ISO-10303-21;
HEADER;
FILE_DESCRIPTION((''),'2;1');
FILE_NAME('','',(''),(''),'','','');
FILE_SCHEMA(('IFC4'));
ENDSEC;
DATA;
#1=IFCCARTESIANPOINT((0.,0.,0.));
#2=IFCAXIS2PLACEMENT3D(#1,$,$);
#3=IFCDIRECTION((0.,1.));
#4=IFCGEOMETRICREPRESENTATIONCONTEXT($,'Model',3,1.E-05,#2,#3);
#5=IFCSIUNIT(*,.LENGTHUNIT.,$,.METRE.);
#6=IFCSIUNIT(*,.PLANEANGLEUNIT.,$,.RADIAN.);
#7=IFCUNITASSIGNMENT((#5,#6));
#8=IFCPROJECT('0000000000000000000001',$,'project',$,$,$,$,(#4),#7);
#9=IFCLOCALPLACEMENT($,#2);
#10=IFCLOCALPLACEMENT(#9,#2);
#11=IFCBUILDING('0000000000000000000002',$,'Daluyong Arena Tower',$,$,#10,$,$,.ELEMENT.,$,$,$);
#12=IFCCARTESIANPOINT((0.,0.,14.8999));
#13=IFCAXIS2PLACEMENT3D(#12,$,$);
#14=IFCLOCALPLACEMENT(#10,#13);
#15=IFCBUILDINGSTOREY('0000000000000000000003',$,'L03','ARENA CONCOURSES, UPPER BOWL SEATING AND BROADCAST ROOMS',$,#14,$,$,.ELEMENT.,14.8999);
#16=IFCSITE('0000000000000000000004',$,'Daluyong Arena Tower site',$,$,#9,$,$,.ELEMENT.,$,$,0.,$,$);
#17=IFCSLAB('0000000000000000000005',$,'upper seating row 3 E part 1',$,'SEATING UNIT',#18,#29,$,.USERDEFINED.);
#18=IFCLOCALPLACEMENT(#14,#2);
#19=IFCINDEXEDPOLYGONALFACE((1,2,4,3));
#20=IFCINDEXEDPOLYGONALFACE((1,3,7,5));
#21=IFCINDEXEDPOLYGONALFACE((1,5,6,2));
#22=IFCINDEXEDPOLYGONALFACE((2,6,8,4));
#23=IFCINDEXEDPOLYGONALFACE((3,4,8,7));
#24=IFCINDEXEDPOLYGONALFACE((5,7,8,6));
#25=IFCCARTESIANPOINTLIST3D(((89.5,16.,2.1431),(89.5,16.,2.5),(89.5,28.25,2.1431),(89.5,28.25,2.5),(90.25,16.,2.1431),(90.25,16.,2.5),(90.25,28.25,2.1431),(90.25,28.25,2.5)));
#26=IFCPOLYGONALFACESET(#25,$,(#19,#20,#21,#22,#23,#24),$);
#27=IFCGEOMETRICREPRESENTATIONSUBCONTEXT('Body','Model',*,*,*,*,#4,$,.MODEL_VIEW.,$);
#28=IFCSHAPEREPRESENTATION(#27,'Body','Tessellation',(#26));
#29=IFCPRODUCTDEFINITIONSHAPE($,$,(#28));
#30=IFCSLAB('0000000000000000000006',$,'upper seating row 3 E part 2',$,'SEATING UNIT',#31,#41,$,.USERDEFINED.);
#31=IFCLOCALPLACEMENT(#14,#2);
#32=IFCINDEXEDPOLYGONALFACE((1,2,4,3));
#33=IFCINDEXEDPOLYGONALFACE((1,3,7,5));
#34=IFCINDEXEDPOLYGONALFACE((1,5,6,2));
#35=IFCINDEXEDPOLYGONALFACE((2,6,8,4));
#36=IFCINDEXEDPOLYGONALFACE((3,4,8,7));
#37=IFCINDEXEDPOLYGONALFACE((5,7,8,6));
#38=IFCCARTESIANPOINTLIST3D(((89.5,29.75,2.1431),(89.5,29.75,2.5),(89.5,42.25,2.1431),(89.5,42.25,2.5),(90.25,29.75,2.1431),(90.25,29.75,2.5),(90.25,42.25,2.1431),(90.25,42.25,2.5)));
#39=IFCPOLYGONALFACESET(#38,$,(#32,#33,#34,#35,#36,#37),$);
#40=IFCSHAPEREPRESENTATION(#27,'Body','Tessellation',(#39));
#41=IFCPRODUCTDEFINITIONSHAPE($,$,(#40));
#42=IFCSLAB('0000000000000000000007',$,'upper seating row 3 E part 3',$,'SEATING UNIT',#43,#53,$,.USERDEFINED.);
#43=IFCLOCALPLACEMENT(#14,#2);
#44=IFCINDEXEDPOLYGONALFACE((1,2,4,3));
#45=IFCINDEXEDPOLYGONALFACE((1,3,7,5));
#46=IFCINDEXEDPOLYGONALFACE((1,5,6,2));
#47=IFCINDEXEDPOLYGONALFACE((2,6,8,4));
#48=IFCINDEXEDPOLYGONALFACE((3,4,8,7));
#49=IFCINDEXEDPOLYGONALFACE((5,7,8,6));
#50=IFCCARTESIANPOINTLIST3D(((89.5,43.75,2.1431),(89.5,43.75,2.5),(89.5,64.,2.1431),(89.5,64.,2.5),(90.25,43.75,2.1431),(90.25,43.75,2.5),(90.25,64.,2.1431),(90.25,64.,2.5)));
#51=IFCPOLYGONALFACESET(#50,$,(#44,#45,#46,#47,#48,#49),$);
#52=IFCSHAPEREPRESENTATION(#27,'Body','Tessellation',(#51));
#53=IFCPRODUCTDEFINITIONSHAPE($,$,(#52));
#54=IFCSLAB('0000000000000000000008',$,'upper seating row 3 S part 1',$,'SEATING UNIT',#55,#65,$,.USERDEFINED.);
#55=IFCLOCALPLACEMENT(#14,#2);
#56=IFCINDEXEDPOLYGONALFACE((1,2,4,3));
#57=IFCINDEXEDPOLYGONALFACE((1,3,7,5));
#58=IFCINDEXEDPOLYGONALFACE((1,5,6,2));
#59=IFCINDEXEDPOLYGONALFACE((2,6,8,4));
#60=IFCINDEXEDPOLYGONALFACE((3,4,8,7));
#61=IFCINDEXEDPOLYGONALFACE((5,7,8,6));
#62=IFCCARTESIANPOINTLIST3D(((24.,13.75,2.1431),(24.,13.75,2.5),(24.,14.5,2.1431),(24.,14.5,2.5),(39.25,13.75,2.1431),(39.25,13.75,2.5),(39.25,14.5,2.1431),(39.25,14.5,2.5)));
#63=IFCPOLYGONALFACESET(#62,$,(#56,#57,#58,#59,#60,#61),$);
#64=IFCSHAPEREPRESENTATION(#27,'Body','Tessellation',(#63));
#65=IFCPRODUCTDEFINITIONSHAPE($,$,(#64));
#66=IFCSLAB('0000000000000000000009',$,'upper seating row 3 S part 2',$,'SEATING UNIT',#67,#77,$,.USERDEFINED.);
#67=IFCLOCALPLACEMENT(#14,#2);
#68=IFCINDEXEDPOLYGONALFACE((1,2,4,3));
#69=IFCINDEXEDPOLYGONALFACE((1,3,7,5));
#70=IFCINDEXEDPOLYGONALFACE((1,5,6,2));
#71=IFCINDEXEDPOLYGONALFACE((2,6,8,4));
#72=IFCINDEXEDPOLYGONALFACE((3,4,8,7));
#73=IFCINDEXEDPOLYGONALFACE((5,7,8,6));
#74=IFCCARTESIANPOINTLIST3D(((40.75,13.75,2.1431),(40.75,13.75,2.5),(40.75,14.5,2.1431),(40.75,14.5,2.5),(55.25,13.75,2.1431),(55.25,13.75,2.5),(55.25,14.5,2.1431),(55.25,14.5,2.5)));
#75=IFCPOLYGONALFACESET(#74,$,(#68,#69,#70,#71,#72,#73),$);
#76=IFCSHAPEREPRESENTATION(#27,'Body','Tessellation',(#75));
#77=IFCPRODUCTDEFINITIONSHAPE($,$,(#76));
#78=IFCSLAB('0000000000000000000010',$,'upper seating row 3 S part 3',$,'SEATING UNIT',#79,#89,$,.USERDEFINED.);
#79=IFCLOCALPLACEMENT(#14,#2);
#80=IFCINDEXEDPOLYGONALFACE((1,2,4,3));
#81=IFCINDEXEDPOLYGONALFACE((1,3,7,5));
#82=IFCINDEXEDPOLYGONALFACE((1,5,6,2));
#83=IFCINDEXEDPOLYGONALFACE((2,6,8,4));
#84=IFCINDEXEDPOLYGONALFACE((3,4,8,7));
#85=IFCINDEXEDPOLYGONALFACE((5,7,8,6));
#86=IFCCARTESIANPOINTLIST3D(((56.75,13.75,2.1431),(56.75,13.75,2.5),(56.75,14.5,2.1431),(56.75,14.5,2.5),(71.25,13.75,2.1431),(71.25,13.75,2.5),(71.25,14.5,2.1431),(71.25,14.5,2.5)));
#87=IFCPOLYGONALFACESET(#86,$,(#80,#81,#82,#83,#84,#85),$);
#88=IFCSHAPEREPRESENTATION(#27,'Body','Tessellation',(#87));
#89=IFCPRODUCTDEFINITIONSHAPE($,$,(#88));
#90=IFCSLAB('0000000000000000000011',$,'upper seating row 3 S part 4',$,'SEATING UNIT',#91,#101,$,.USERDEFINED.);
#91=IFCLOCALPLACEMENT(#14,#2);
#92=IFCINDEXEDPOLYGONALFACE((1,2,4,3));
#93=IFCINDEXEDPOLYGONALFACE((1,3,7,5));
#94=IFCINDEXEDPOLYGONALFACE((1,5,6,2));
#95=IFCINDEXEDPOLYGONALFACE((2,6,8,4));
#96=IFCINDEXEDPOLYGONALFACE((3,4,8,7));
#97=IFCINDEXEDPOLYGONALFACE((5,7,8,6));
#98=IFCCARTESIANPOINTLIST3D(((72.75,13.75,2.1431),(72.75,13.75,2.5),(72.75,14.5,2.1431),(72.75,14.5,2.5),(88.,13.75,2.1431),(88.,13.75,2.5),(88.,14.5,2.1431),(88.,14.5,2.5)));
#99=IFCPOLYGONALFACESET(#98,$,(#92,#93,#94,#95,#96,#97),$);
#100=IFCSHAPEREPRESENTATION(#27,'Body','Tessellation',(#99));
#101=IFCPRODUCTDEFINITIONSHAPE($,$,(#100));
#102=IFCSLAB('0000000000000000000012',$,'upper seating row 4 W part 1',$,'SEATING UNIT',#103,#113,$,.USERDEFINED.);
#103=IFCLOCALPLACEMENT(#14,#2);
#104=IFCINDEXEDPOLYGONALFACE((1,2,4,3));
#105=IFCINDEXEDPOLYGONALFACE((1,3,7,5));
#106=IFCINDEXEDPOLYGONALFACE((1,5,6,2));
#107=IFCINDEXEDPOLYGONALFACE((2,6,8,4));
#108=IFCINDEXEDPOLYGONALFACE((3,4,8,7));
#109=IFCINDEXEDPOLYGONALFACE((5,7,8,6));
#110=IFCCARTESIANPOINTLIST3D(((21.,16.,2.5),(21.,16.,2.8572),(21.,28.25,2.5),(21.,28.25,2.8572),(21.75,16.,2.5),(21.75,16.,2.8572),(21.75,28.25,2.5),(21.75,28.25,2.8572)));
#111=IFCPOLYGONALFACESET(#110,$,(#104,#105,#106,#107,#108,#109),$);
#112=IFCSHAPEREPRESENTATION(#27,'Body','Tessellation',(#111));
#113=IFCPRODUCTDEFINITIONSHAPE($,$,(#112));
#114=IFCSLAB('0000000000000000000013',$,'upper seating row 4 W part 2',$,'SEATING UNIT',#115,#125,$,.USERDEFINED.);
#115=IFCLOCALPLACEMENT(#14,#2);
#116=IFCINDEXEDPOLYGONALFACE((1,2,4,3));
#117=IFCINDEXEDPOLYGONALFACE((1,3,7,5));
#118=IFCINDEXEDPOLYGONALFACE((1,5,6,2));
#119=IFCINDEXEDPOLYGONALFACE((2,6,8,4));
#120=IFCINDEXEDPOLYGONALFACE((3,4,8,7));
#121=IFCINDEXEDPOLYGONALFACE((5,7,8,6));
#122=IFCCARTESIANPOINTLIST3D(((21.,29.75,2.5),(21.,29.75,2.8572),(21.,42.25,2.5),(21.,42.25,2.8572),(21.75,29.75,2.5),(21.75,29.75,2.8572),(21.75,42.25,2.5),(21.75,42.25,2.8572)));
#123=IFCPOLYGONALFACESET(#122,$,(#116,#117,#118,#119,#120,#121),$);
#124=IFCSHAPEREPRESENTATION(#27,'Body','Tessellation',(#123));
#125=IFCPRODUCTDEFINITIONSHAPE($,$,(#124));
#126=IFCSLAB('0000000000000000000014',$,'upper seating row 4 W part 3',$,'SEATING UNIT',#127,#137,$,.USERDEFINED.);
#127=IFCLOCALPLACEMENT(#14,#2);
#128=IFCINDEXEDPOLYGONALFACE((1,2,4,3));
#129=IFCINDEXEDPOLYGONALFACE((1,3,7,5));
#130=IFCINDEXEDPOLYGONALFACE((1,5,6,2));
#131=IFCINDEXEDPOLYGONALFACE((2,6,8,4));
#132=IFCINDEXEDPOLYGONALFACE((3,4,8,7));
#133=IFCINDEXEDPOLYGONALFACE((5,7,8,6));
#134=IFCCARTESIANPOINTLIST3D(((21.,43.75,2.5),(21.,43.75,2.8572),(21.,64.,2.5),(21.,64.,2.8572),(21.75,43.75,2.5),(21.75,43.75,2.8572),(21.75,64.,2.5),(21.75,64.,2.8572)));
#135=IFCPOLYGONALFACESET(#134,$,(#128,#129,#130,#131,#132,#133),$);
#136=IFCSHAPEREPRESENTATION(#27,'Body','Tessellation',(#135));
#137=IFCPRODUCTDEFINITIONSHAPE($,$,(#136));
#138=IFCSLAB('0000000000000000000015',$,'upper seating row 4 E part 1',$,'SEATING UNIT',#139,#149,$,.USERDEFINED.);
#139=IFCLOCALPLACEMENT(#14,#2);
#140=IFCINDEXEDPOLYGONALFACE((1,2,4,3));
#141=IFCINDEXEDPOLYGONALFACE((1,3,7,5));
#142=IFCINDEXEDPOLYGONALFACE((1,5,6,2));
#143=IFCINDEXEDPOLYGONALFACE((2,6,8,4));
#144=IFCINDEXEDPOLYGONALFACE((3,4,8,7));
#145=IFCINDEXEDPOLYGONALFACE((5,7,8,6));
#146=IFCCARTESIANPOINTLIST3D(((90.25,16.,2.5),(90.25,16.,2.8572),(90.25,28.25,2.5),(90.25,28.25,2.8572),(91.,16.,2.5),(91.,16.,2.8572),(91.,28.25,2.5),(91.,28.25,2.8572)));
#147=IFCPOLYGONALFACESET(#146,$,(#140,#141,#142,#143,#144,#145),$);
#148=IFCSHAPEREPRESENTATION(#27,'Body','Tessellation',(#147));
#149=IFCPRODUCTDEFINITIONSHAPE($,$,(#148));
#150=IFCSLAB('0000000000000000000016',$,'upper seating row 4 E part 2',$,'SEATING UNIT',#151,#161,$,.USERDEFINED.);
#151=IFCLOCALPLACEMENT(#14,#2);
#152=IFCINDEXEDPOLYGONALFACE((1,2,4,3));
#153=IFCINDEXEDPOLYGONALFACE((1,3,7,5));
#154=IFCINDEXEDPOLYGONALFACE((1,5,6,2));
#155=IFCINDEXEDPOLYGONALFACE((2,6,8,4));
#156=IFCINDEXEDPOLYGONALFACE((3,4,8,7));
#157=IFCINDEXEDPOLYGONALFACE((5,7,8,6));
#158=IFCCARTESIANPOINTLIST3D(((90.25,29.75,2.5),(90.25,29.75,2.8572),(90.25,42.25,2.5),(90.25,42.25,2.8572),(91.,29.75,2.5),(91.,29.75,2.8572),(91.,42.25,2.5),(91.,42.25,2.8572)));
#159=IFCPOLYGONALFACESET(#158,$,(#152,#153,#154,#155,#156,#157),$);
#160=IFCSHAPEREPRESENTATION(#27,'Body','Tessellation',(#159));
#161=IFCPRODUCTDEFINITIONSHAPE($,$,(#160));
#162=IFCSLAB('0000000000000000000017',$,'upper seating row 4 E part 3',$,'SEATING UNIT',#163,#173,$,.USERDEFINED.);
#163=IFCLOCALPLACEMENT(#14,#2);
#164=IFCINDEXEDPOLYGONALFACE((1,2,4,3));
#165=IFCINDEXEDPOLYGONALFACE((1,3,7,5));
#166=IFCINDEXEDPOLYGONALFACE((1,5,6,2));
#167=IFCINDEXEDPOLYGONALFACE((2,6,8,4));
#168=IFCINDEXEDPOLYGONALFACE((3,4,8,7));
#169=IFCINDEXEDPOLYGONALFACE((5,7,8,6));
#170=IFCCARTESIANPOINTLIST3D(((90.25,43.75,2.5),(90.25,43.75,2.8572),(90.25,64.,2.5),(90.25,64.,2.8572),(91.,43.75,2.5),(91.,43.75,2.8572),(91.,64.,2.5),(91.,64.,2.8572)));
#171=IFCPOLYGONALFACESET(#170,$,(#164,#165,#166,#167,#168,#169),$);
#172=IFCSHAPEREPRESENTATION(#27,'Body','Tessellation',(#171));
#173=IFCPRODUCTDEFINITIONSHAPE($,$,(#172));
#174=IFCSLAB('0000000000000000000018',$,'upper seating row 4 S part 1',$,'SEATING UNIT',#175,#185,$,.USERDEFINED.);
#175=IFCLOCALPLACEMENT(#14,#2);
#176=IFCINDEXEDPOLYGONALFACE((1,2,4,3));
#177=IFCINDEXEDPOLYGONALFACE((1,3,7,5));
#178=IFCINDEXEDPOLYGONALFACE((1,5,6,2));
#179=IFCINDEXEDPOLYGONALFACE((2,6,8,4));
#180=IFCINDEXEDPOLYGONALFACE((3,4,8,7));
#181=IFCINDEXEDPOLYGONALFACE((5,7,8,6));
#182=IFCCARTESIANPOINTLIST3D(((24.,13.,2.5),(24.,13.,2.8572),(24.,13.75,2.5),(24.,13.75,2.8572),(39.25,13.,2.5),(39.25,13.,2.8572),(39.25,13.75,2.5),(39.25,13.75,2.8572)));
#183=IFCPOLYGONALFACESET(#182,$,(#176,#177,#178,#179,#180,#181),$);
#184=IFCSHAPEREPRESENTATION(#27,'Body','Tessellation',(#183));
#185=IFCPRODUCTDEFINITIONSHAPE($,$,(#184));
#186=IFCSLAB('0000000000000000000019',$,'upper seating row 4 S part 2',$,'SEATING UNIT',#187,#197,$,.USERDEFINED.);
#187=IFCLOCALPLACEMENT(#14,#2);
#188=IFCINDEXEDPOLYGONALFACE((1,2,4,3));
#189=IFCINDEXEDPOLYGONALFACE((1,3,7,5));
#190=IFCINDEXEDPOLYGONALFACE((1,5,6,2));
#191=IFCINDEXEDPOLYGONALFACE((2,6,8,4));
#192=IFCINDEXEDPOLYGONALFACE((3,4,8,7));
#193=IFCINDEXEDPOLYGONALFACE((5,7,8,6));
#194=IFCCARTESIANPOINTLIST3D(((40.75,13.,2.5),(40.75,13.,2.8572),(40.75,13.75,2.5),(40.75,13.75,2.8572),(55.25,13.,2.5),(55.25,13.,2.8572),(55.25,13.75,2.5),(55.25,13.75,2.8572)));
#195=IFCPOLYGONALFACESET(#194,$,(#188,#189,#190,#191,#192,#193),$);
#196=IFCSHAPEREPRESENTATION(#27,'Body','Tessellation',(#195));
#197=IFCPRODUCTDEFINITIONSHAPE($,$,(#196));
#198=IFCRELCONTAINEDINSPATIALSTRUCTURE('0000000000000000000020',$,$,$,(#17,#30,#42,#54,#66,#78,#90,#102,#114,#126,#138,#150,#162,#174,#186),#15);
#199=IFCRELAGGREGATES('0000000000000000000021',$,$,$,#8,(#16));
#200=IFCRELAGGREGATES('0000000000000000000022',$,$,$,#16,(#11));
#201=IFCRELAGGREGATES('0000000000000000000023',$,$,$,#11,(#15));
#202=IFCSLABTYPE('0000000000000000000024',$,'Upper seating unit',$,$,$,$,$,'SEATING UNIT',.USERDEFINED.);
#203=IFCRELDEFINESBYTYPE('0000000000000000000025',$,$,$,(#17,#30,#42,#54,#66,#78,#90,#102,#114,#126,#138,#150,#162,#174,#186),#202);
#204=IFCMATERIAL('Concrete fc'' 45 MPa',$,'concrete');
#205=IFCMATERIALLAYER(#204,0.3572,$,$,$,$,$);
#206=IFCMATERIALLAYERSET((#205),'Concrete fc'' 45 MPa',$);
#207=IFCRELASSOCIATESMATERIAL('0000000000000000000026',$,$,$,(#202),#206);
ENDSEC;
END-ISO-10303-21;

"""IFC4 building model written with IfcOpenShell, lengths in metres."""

from ifc_helpers import new_model, si_unit, direction, frame, origin, place, context, subcontext, project, spatial, polyline, outline, extrude, material, layer, layer_set, type_object, element, save


model = new_model("IFC4")

# Units and contexts
model_context = context("Model", 3, precision=1e-05, world=origin(), true_north=direction((0.0, 1.0)))
body_context = subcontext(model_context, "Body", "Model", "MODEL_VIEW")
ifc_project = project(units=[si_unit("LENGTHUNIT", "METRE"), si_unit("PLANEANGLEUNIT", "RADIAN")], contexts=[model_context])

# Site, building, storey
site_placement = place(None, origin())
site = spatial("IfcSite", under=ifc_project, at=site_placement, Name="Daluyong Arena Tower site", CompositionType="ELEMENT", RefElevation=0.0)
building_placement = place(site_placement, origin())
building = spatial("IfcBuilding", under=site, at=building_placement, Name="Daluyong Arena Tower", CompositionType="ELEMENT")
storey_placement = place(building_placement, frame((0.0, 0.0, 14.8999)))
storey = spatial("IfcBuildingStorey", under=building, at=storey_placement, Name="L03", Description="ARENA CONCOURSES, UPPER BOWL SEATING AND BROADCAST ROOMS", CompositionType="ELEMENT", Elevation=14.8999)

# Slabs
ifc_material = material(Name="Concrete fc' 45 MPa", Category="concrete")
ifc_layer = layer(ifc_material, 0.3572)
ifc_layer_set = layer_set([ifc_layer], Name="Concrete fc' 45 MPa")
slab_type = type_object("IfcSlabType", Name="Upper seating unit", ElementType="SEATING UNIT", PredefinedType="USERDEFINED", material=ifc_layer_set)
slab_1_placement = place(storey_placement, frame((0.0, 0.0, 2.1431)))
element("IfcSlab", 1, at=slab_1_placement, inside=storey, type_object=slab_type, Name="upper seating row 3 E part 1", ObjectType="SEATING UNIT", PredefinedType="USERDEFINED", context=body_context, shape_type="SweptSolid", body=[
    extrude(outline(polyline([(90.25, 16.0), (90.25, 28.25), (89.5, 28.25), (89.5, 16.0), (90.25, 16.0)])), origin(), (0.0, 0.0, 1.0), 0.3569),
])
slab_2_placement = place(storey_placement, frame((0.0, 0.0, 2.1431)))
element("IfcSlab", 2, at=slab_2_placement, inside=storey, type_object=slab_type, Name="upper seating row 3 E part 2", ObjectType="SEATING UNIT", PredefinedType="USERDEFINED", context=body_context, shape_type="SweptSolid", body=[
    extrude(outline(polyline([(90.25, 29.75), (90.25, 42.25), (89.5, 42.25), (89.5, 29.75), (90.25, 29.75)])), origin(), (0.0, 0.0, 1.0), 0.3569),
])
slab_3_placement = place(storey_placement, frame((0.0, 0.0, 2.1431)))
element("IfcSlab", 3, at=slab_3_placement, inside=storey, type_object=slab_type, Name="upper seating row 3 E part 3", ObjectType="SEATING UNIT", PredefinedType="USERDEFINED", context=body_context, shape_type="SweptSolid", body=[
    extrude(outline(polyline([(89.5, 64.0), (89.5, 43.75), (90.25, 43.75), (90.25, 64.0), (89.5, 64.0)])), origin(), (0.0, 0.0, 1.0), 0.3569),
])
slab_4_placement = place(storey_placement, frame((0.0, 0.0, 2.1431)))
element("IfcSlab", 4, at=slab_4_placement, inside=storey, type_object=slab_type, Name="upper seating row 3 S part 1", ObjectType="SEATING UNIT", PredefinedType="USERDEFINED", context=body_context, shape_type="SweptSolid", body=[
    extrude(outline(polyline([(24.0, 13.75), (39.25, 13.75), (39.25, 14.5), (24.0, 14.5), (24.0, 13.75)])), origin(), (0.0, 0.0, 1.0), 0.3569),
])
slab_5_placement = place(storey_placement, frame((0.0, 0.0, 2.1431)))
element("IfcSlab", 5, at=slab_5_placement, inside=storey, type_object=slab_type, Name="upper seating row 3 S part 2", ObjectType="SEATING UNIT", PredefinedType="USERDEFINED", context=body_context, shape_type="SweptSolid", body=[
    extrude(outline(polyline([(55.25, 14.5), (40.75, 14.5), (40.75, 13.75), (55.25, 13.75), (55.25, 14.5)])), origin(), (0.0, 0.0, 1.0), 0.3569),
])
slab_6_placement = place(storey_placement, frame((0.0, 0.0, 2.1431)))
element("IfcSlab", 6, at=slab_6_placement, inside=storey, type_object=slab_type, Name="upper seating row 3 S part 3", ObjectType="SEATING UNIT", PredefinedType="USERDEFINED", context=body_context, shape_type="SweptSolid", body=[
    extrude(outline(polyline([(71.25, 14.5), (56.75, 14.5), (56.75, 13.75), (71.25, 13.75), (71.25, 14.5)])), origin(), (0.0, 0.0, 1.0), 0.3569),
])
slab_7_placement = place(storey_placement, frame((0.0, 0.0, 2.1431)))
element("IfcSlab", 7, at=slab_7_placement, inside=storey, type_object=slab_type, Name="upper seating row 3 S part 4", ObjectType="SEATING UNIT", PredefinedType="USERDEFINED", context=body_context, shape_type="SweptSolid", body=[
    extrude(outline(polyline([(88.0, 14.5), (72.75, 14.5), (72.75, 13.75), (88.0, 13.75), (88.0, 14.5)])), origin(), (0.0, 0.0, 1.0), 0.3569),
])
slab_8_placement = place(storey_placement, frame((0.0, 0.0, 2.5)))
element("IfcSlab", 8, at=slab_8_placement, inside=storey, type_object=slab_type, Name="upper seating row 4 W part 1", ObjectType="SEATING UNIT", PredefinedType="USERDEFINED", context=body_context, shape_type="SweptSolid", body=[
    extrude(outline(polyline([(21.75, 16.0), (21.75, 28.25), (21.0, 28.25), (21.0, 16.0), (21.75, 16.0)])), origin(), (0.0, 0.0, 1.0), 0.3572),
])
slab_9_placement = place(storey_placement, frame((0.0, 0.0, 2.5)))
element("IfcSlab", 9, at=slab_9_placement, inside=storey, type_object=slab_type, Name="upper seating row 4 W part 2", ObjectType="SEATING UNIT", PredefinedType="USERDEFINED", context=body_context, shape_type="SweptSolid", body=[
    extrude(outline(polyline([(21.75, 29.75), (21.75, 42.25), (21.0, 42.25), (21.0, 29.75), (21.75, 29.75)])), origin(), (0.0, 0.0, 1.0), 0.3572),
])
slab_10_placement = place(storey_placement, frame((0.0, 0.0, 2.5)))
element("IfcSlab", 10, at=slab_10_placement, inside=storey, type_object=slab_type, Name="upper seating row 4 W part 3", ObjectType="SEATING UNIT", PredefinedType="USERDEFINED", context=body_context, shape_type="SweptSolid", body=[
    extrude(outline(polyline([(21.0, 64.0), (21.0, 43.75), (21.75, 43.75), (21.75, 64.0), (21.0, 64.0)])), origin(), (0.0, 0.0, 1.0), 0.3572),
])
slab_11_placement = place(storey_placement, frame((0.0, 0.0, 2.5)))
element("IfcSlab", 11, at=slab_11_placement, inside=storey, type_object=slab_type, Name="upper seating row 4 E part 1", ObjectType="SEATING UNIT", PredefinedType="USERDEFINED", context=body_context, shape_type="SweptSolid", body=[
    extrude(outline(polyline([(91.0, 16.0), (91.0, 28.25), (90.25, 28.25), (90.25, 16.0), (91.0, 16.0)])), origin(), (0.0, 0.0, 1.0), 0.3572),
])
slab_12_placement = place(storey_placement, frame((0.0, 0.0, 2.5)))
element("IfcSlab", 12, at=slab_12_placement, inside=storey, type_object=slab_type, Name="upper seating row 4 E part 2", ObjectType="SEATING UNIT", PredefinedType="USERDEFINED", context=body_context, shape_type="SweptSolid", body=[
    extrude(outline(polyline([(91.0, 29.75), (91.0, 42.25), (90.25, 42.25), (90.25, 29.75), (91.0, 29.75)])), origin(), (0.0, 0.0, 1.0), 0.3572),
])
slab_13_placement = place(storey_placement, frame((0.0, 0.0, 2.5)))
element("IfcSlab", 13, at=slab_13_placement, inside=storey, type_object=slab_type, Name="upper seating row 4 E part 3", ObjectType="SEATING UNIT", PredefinedType="USERDEFINED", context=body_context, shape_type="SweptSolid", body=[
    extrude(outline(polyline([(90.25, 64.0), (90.25, 43.75), (91.0, 43.75), (91.0, 64.0), (90.25, 64.0)])), origin(), (0.0, 0.0, 1.0), 0.3572),
])
slab_14_placement = place(storey_placement, frame((0.0, 0.0, 2.5)))
element("IfcSlab", 14, at=slab_14_placement, inside=storey, type_object=slab_type, Name="upper seating row 4 S part 1", ObjectType="SEATING UNIT", PredefinedType="USERDEFINED", context=body_context, shape_type="SweptSolid", body=[
    extrude(outline(polyline([(24.0, 13.0), (39.25, 13.0), (39.25, 13.75), (24.0, 13.75), (24.0, 13.0)])), origin(), (0.0, 0.0, 1.0), 0.3572),
])
slab_15_placement = place(storey_placement, frame((0.0, 0.0, 2.5)))
element("IfcSlab", 15, at=slab_15_placement, inside=storey, type_object=slab_type, Name="upper seating row 4 S part 2", ObjectType="SEATING UNIT", PredefinedType="USERDEFINED", context=body_context, shape_type="SweptSolid", body=[
    extrude(outline(polyline([(55.25, 13.75), (40.75, 13.75), (40.75, 13.0), (55.25, 13.0), (55.25, 13.75)])), origin(), (0.0, 0.0, 1.0), 0.3572),
])

save(model, "model.ifc")
